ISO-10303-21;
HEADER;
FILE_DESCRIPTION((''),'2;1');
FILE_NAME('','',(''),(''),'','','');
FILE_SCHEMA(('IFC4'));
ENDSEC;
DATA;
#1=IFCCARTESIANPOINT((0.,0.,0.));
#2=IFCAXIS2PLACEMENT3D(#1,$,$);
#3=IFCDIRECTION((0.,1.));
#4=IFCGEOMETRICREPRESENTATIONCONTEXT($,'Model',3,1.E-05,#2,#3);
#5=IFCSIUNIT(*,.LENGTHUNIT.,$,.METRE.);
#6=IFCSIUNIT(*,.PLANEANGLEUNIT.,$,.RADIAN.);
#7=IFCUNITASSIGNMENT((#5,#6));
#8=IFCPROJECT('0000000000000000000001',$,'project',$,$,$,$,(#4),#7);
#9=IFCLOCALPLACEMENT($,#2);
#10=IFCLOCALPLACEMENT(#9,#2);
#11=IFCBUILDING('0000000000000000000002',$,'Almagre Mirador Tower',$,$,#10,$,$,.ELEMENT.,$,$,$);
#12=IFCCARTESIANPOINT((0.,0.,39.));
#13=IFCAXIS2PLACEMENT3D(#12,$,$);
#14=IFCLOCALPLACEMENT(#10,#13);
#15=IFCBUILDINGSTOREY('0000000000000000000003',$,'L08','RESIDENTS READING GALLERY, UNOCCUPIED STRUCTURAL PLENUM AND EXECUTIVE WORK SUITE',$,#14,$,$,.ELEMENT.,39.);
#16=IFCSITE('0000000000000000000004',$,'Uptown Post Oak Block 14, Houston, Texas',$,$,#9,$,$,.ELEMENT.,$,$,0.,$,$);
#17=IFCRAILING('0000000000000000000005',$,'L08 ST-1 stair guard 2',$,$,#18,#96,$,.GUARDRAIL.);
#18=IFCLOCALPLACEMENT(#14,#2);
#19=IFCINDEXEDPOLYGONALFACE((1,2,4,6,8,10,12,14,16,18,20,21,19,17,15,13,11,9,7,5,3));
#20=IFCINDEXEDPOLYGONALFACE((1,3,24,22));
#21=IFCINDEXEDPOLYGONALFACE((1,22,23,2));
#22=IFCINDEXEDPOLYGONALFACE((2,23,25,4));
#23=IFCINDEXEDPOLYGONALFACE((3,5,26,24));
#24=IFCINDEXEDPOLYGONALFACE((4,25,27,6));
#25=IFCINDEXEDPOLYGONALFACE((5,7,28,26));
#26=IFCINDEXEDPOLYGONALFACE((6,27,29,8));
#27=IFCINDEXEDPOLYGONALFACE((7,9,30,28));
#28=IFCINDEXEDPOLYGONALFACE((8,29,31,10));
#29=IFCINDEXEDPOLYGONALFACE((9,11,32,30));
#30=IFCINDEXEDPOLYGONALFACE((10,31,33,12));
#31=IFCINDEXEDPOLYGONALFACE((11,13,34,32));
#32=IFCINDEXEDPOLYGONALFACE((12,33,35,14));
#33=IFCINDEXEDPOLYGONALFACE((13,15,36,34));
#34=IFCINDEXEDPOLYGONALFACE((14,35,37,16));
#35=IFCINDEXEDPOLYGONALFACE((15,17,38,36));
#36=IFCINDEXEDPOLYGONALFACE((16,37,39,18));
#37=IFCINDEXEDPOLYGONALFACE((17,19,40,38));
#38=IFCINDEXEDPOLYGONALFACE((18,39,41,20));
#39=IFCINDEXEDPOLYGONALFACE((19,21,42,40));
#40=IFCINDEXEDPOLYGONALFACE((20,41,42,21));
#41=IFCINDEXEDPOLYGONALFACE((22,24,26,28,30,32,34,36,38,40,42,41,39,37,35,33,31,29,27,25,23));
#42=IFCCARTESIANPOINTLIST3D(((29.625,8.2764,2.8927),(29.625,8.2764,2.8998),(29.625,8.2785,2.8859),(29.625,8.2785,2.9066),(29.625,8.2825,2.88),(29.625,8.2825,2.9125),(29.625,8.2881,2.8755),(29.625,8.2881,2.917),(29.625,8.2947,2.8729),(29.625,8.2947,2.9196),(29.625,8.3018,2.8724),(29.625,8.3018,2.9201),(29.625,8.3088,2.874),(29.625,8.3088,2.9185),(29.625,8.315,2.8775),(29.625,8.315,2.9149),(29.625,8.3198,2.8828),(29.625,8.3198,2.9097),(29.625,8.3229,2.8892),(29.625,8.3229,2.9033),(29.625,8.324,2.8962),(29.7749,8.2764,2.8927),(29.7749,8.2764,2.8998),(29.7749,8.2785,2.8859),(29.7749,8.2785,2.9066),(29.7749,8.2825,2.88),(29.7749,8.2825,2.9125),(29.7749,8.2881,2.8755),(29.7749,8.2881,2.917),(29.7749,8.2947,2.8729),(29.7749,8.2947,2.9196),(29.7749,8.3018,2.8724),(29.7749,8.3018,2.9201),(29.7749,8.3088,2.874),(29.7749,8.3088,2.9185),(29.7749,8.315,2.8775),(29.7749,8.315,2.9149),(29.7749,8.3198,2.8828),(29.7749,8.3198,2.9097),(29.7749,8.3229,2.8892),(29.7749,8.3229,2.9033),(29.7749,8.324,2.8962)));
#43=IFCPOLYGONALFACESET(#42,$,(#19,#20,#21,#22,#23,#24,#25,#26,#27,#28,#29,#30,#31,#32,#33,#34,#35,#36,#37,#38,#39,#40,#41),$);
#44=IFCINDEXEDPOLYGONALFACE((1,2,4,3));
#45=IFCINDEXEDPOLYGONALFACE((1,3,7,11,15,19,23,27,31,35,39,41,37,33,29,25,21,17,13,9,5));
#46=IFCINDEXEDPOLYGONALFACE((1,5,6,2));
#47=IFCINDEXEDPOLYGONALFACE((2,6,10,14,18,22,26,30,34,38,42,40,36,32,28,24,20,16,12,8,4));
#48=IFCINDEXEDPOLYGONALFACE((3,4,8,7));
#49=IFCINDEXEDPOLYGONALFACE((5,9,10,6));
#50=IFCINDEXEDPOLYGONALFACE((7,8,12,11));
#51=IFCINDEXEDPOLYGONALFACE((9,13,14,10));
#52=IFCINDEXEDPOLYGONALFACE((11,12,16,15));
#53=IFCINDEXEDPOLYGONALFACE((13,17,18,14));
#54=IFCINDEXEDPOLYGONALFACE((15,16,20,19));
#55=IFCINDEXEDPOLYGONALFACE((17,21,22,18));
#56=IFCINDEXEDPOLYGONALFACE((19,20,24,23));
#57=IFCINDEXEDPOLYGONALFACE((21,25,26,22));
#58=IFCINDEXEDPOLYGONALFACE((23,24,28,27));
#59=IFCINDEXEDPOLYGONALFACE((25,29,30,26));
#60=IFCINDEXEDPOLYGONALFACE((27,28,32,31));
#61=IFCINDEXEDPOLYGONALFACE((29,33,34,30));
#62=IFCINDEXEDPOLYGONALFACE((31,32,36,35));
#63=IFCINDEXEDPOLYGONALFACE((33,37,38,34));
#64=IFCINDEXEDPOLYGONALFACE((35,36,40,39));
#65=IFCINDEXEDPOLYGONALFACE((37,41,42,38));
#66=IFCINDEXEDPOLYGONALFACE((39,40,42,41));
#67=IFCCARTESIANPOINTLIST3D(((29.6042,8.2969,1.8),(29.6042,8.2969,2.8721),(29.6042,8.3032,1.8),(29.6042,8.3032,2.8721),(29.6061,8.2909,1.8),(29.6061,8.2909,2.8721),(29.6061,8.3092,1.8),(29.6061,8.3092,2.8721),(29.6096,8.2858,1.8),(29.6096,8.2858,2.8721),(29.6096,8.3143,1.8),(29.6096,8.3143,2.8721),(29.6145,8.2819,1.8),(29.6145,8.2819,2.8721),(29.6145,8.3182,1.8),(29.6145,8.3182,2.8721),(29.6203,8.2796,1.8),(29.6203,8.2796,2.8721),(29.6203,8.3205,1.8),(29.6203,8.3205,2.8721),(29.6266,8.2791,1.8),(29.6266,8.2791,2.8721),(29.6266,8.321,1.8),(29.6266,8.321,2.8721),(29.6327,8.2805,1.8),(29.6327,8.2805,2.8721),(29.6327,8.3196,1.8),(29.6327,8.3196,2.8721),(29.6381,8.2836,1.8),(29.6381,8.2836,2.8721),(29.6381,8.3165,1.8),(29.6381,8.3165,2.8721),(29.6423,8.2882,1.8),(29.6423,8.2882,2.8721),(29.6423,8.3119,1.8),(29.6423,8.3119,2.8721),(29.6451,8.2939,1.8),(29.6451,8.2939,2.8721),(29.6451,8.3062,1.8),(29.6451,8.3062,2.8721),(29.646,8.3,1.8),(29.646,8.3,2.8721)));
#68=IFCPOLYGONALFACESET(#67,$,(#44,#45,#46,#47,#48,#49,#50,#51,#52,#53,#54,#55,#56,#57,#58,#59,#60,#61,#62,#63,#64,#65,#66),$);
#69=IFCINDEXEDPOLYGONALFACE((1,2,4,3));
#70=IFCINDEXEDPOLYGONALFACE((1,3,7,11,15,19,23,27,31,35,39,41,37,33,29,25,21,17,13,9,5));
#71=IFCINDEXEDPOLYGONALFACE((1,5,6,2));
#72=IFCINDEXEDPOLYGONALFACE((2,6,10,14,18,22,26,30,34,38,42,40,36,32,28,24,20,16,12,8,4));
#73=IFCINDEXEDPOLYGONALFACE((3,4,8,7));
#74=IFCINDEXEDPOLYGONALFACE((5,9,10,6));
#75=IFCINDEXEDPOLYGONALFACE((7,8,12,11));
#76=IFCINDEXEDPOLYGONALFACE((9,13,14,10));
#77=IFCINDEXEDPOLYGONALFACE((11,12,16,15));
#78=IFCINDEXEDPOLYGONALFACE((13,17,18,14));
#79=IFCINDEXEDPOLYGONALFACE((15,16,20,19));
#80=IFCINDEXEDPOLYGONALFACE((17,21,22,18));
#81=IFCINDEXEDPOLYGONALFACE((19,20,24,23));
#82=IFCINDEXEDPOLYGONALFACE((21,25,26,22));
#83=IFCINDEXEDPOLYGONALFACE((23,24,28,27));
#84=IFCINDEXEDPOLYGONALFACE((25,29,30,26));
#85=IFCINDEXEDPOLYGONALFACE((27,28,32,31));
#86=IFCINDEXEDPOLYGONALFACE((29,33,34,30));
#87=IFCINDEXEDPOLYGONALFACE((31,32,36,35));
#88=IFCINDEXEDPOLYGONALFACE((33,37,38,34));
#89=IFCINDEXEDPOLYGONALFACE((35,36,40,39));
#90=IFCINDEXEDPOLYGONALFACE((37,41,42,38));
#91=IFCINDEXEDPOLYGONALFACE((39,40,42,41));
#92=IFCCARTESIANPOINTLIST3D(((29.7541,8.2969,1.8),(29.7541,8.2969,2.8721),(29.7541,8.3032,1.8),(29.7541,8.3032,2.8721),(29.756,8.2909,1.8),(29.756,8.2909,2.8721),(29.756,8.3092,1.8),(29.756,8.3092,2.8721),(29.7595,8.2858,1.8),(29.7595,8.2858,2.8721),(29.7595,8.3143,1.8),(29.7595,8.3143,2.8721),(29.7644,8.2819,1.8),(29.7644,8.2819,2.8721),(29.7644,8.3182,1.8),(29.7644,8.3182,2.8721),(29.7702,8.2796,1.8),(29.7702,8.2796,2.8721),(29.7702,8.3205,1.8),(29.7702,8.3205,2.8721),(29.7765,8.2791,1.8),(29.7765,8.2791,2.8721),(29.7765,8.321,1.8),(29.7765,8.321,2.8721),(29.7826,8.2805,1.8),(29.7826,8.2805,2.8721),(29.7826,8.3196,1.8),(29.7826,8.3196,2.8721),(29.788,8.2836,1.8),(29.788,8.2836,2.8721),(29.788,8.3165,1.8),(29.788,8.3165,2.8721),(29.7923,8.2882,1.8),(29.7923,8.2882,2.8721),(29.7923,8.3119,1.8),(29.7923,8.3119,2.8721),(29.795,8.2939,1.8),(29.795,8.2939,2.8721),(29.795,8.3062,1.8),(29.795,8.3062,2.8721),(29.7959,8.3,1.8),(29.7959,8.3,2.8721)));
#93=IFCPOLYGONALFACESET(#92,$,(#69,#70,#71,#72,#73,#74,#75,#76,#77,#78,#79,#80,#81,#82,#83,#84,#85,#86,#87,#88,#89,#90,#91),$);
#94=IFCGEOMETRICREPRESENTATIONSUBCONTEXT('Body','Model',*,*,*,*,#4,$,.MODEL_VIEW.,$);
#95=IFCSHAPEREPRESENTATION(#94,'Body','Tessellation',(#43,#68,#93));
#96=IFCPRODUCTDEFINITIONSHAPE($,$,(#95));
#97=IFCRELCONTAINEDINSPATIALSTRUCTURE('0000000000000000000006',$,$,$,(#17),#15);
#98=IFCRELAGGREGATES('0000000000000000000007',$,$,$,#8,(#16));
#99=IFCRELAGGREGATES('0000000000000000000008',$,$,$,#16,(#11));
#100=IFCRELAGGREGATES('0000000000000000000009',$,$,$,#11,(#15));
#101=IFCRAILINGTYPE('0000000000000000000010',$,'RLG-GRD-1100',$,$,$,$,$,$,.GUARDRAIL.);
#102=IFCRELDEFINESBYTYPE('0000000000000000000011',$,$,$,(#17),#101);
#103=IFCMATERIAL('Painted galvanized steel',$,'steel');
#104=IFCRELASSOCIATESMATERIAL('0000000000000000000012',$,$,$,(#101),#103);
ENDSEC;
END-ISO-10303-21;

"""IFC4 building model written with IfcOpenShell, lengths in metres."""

from ifc_helpers import new_model, si_unit, direction, frame, origin, origin_2d, place, context, subcontext, project, spatial, circle, extrude, material, type_object, element, save


model = new_model("IFC4")

# Units and contexts
model_context = context("Model", 3, precision=1e-05, world=origin(), true_north=direction((0.0, 1.0)))
body_context = subcontext(model_context, "Body", "Model", "MODEL_VIEW")
ifc_project = project(units=[si_unit("LENGTHUNIT", "METRE"), si_unit("PLANEANGLEUNIT", "RADIAN")], contexts=[model_context])

# Site, building, storey
site_placement = place(None, origin())
site = spatial("IfcSite", under=ifc_project, at=site_placement, Name="Uptown Post Oak Block 14, Houston, Texas", CompositionType="ELEMENT", RefElevation=0.0)
building_placement = place(site_placement, origin())
building = spatial("IfcBuilding", under=site, at=building_placement, Name="Almagre Mirador Tower", CompositionType="ELEMENT")
storey_placement = place(building_placement, frame((0.0, 0.0, 39.0)))
storey = spatial("IfcBuildingStorey", under=building, at=storey_placement, Name="L08", Description="RESIDENTS READING GALLERY, UNOCCUPIED STRUCTURAL PLENUM AND EXECUTIVE WORK SUITE", CompositionType="ELEMENT", Elevation=39.0)

# Railing
ifc_material_1 = material(Name="Painted galvanized steel", Category="steel")
railing_type_1 = type_object("IfcRailingType", Name="RLG-GRD-1100", PredefinedType="GUARDRAIL", material=ifc_material_1)
railing_1_placement = place(storey_placement, frame((29.625, 8.3, 1.8)))
element("IfcRailing", 1, at=railing_1_placement, inside=storey, type_object=railing_type_1, Name="L08 ST-1 stair guard 2", PredefinedType="GUARDRAIL", context=body_context, shape_type="SweptSolid", body=[
    extrude(circle(Radius=0.0239, at=origin_2d()), frame((0.0, 0.0, 1.0962), z_axis=(1.0, 0.0, 0.0), x_axis=(0.0, 1.0, 0.0)), (0.0, 0.0, 1.0), 0.1499),
    extrude(circle(Radius=0.021, at=origin_2d()), origin(), (0.0, 0.0, 1.0), 1.072),
    extrude(circle(Radius=0.021, at=origin_2d()), frame((0.1499, 0.0, 0.0)), (0.0, 0.0, 1.0), 1.072),
])

save(model, "model.ifc")
